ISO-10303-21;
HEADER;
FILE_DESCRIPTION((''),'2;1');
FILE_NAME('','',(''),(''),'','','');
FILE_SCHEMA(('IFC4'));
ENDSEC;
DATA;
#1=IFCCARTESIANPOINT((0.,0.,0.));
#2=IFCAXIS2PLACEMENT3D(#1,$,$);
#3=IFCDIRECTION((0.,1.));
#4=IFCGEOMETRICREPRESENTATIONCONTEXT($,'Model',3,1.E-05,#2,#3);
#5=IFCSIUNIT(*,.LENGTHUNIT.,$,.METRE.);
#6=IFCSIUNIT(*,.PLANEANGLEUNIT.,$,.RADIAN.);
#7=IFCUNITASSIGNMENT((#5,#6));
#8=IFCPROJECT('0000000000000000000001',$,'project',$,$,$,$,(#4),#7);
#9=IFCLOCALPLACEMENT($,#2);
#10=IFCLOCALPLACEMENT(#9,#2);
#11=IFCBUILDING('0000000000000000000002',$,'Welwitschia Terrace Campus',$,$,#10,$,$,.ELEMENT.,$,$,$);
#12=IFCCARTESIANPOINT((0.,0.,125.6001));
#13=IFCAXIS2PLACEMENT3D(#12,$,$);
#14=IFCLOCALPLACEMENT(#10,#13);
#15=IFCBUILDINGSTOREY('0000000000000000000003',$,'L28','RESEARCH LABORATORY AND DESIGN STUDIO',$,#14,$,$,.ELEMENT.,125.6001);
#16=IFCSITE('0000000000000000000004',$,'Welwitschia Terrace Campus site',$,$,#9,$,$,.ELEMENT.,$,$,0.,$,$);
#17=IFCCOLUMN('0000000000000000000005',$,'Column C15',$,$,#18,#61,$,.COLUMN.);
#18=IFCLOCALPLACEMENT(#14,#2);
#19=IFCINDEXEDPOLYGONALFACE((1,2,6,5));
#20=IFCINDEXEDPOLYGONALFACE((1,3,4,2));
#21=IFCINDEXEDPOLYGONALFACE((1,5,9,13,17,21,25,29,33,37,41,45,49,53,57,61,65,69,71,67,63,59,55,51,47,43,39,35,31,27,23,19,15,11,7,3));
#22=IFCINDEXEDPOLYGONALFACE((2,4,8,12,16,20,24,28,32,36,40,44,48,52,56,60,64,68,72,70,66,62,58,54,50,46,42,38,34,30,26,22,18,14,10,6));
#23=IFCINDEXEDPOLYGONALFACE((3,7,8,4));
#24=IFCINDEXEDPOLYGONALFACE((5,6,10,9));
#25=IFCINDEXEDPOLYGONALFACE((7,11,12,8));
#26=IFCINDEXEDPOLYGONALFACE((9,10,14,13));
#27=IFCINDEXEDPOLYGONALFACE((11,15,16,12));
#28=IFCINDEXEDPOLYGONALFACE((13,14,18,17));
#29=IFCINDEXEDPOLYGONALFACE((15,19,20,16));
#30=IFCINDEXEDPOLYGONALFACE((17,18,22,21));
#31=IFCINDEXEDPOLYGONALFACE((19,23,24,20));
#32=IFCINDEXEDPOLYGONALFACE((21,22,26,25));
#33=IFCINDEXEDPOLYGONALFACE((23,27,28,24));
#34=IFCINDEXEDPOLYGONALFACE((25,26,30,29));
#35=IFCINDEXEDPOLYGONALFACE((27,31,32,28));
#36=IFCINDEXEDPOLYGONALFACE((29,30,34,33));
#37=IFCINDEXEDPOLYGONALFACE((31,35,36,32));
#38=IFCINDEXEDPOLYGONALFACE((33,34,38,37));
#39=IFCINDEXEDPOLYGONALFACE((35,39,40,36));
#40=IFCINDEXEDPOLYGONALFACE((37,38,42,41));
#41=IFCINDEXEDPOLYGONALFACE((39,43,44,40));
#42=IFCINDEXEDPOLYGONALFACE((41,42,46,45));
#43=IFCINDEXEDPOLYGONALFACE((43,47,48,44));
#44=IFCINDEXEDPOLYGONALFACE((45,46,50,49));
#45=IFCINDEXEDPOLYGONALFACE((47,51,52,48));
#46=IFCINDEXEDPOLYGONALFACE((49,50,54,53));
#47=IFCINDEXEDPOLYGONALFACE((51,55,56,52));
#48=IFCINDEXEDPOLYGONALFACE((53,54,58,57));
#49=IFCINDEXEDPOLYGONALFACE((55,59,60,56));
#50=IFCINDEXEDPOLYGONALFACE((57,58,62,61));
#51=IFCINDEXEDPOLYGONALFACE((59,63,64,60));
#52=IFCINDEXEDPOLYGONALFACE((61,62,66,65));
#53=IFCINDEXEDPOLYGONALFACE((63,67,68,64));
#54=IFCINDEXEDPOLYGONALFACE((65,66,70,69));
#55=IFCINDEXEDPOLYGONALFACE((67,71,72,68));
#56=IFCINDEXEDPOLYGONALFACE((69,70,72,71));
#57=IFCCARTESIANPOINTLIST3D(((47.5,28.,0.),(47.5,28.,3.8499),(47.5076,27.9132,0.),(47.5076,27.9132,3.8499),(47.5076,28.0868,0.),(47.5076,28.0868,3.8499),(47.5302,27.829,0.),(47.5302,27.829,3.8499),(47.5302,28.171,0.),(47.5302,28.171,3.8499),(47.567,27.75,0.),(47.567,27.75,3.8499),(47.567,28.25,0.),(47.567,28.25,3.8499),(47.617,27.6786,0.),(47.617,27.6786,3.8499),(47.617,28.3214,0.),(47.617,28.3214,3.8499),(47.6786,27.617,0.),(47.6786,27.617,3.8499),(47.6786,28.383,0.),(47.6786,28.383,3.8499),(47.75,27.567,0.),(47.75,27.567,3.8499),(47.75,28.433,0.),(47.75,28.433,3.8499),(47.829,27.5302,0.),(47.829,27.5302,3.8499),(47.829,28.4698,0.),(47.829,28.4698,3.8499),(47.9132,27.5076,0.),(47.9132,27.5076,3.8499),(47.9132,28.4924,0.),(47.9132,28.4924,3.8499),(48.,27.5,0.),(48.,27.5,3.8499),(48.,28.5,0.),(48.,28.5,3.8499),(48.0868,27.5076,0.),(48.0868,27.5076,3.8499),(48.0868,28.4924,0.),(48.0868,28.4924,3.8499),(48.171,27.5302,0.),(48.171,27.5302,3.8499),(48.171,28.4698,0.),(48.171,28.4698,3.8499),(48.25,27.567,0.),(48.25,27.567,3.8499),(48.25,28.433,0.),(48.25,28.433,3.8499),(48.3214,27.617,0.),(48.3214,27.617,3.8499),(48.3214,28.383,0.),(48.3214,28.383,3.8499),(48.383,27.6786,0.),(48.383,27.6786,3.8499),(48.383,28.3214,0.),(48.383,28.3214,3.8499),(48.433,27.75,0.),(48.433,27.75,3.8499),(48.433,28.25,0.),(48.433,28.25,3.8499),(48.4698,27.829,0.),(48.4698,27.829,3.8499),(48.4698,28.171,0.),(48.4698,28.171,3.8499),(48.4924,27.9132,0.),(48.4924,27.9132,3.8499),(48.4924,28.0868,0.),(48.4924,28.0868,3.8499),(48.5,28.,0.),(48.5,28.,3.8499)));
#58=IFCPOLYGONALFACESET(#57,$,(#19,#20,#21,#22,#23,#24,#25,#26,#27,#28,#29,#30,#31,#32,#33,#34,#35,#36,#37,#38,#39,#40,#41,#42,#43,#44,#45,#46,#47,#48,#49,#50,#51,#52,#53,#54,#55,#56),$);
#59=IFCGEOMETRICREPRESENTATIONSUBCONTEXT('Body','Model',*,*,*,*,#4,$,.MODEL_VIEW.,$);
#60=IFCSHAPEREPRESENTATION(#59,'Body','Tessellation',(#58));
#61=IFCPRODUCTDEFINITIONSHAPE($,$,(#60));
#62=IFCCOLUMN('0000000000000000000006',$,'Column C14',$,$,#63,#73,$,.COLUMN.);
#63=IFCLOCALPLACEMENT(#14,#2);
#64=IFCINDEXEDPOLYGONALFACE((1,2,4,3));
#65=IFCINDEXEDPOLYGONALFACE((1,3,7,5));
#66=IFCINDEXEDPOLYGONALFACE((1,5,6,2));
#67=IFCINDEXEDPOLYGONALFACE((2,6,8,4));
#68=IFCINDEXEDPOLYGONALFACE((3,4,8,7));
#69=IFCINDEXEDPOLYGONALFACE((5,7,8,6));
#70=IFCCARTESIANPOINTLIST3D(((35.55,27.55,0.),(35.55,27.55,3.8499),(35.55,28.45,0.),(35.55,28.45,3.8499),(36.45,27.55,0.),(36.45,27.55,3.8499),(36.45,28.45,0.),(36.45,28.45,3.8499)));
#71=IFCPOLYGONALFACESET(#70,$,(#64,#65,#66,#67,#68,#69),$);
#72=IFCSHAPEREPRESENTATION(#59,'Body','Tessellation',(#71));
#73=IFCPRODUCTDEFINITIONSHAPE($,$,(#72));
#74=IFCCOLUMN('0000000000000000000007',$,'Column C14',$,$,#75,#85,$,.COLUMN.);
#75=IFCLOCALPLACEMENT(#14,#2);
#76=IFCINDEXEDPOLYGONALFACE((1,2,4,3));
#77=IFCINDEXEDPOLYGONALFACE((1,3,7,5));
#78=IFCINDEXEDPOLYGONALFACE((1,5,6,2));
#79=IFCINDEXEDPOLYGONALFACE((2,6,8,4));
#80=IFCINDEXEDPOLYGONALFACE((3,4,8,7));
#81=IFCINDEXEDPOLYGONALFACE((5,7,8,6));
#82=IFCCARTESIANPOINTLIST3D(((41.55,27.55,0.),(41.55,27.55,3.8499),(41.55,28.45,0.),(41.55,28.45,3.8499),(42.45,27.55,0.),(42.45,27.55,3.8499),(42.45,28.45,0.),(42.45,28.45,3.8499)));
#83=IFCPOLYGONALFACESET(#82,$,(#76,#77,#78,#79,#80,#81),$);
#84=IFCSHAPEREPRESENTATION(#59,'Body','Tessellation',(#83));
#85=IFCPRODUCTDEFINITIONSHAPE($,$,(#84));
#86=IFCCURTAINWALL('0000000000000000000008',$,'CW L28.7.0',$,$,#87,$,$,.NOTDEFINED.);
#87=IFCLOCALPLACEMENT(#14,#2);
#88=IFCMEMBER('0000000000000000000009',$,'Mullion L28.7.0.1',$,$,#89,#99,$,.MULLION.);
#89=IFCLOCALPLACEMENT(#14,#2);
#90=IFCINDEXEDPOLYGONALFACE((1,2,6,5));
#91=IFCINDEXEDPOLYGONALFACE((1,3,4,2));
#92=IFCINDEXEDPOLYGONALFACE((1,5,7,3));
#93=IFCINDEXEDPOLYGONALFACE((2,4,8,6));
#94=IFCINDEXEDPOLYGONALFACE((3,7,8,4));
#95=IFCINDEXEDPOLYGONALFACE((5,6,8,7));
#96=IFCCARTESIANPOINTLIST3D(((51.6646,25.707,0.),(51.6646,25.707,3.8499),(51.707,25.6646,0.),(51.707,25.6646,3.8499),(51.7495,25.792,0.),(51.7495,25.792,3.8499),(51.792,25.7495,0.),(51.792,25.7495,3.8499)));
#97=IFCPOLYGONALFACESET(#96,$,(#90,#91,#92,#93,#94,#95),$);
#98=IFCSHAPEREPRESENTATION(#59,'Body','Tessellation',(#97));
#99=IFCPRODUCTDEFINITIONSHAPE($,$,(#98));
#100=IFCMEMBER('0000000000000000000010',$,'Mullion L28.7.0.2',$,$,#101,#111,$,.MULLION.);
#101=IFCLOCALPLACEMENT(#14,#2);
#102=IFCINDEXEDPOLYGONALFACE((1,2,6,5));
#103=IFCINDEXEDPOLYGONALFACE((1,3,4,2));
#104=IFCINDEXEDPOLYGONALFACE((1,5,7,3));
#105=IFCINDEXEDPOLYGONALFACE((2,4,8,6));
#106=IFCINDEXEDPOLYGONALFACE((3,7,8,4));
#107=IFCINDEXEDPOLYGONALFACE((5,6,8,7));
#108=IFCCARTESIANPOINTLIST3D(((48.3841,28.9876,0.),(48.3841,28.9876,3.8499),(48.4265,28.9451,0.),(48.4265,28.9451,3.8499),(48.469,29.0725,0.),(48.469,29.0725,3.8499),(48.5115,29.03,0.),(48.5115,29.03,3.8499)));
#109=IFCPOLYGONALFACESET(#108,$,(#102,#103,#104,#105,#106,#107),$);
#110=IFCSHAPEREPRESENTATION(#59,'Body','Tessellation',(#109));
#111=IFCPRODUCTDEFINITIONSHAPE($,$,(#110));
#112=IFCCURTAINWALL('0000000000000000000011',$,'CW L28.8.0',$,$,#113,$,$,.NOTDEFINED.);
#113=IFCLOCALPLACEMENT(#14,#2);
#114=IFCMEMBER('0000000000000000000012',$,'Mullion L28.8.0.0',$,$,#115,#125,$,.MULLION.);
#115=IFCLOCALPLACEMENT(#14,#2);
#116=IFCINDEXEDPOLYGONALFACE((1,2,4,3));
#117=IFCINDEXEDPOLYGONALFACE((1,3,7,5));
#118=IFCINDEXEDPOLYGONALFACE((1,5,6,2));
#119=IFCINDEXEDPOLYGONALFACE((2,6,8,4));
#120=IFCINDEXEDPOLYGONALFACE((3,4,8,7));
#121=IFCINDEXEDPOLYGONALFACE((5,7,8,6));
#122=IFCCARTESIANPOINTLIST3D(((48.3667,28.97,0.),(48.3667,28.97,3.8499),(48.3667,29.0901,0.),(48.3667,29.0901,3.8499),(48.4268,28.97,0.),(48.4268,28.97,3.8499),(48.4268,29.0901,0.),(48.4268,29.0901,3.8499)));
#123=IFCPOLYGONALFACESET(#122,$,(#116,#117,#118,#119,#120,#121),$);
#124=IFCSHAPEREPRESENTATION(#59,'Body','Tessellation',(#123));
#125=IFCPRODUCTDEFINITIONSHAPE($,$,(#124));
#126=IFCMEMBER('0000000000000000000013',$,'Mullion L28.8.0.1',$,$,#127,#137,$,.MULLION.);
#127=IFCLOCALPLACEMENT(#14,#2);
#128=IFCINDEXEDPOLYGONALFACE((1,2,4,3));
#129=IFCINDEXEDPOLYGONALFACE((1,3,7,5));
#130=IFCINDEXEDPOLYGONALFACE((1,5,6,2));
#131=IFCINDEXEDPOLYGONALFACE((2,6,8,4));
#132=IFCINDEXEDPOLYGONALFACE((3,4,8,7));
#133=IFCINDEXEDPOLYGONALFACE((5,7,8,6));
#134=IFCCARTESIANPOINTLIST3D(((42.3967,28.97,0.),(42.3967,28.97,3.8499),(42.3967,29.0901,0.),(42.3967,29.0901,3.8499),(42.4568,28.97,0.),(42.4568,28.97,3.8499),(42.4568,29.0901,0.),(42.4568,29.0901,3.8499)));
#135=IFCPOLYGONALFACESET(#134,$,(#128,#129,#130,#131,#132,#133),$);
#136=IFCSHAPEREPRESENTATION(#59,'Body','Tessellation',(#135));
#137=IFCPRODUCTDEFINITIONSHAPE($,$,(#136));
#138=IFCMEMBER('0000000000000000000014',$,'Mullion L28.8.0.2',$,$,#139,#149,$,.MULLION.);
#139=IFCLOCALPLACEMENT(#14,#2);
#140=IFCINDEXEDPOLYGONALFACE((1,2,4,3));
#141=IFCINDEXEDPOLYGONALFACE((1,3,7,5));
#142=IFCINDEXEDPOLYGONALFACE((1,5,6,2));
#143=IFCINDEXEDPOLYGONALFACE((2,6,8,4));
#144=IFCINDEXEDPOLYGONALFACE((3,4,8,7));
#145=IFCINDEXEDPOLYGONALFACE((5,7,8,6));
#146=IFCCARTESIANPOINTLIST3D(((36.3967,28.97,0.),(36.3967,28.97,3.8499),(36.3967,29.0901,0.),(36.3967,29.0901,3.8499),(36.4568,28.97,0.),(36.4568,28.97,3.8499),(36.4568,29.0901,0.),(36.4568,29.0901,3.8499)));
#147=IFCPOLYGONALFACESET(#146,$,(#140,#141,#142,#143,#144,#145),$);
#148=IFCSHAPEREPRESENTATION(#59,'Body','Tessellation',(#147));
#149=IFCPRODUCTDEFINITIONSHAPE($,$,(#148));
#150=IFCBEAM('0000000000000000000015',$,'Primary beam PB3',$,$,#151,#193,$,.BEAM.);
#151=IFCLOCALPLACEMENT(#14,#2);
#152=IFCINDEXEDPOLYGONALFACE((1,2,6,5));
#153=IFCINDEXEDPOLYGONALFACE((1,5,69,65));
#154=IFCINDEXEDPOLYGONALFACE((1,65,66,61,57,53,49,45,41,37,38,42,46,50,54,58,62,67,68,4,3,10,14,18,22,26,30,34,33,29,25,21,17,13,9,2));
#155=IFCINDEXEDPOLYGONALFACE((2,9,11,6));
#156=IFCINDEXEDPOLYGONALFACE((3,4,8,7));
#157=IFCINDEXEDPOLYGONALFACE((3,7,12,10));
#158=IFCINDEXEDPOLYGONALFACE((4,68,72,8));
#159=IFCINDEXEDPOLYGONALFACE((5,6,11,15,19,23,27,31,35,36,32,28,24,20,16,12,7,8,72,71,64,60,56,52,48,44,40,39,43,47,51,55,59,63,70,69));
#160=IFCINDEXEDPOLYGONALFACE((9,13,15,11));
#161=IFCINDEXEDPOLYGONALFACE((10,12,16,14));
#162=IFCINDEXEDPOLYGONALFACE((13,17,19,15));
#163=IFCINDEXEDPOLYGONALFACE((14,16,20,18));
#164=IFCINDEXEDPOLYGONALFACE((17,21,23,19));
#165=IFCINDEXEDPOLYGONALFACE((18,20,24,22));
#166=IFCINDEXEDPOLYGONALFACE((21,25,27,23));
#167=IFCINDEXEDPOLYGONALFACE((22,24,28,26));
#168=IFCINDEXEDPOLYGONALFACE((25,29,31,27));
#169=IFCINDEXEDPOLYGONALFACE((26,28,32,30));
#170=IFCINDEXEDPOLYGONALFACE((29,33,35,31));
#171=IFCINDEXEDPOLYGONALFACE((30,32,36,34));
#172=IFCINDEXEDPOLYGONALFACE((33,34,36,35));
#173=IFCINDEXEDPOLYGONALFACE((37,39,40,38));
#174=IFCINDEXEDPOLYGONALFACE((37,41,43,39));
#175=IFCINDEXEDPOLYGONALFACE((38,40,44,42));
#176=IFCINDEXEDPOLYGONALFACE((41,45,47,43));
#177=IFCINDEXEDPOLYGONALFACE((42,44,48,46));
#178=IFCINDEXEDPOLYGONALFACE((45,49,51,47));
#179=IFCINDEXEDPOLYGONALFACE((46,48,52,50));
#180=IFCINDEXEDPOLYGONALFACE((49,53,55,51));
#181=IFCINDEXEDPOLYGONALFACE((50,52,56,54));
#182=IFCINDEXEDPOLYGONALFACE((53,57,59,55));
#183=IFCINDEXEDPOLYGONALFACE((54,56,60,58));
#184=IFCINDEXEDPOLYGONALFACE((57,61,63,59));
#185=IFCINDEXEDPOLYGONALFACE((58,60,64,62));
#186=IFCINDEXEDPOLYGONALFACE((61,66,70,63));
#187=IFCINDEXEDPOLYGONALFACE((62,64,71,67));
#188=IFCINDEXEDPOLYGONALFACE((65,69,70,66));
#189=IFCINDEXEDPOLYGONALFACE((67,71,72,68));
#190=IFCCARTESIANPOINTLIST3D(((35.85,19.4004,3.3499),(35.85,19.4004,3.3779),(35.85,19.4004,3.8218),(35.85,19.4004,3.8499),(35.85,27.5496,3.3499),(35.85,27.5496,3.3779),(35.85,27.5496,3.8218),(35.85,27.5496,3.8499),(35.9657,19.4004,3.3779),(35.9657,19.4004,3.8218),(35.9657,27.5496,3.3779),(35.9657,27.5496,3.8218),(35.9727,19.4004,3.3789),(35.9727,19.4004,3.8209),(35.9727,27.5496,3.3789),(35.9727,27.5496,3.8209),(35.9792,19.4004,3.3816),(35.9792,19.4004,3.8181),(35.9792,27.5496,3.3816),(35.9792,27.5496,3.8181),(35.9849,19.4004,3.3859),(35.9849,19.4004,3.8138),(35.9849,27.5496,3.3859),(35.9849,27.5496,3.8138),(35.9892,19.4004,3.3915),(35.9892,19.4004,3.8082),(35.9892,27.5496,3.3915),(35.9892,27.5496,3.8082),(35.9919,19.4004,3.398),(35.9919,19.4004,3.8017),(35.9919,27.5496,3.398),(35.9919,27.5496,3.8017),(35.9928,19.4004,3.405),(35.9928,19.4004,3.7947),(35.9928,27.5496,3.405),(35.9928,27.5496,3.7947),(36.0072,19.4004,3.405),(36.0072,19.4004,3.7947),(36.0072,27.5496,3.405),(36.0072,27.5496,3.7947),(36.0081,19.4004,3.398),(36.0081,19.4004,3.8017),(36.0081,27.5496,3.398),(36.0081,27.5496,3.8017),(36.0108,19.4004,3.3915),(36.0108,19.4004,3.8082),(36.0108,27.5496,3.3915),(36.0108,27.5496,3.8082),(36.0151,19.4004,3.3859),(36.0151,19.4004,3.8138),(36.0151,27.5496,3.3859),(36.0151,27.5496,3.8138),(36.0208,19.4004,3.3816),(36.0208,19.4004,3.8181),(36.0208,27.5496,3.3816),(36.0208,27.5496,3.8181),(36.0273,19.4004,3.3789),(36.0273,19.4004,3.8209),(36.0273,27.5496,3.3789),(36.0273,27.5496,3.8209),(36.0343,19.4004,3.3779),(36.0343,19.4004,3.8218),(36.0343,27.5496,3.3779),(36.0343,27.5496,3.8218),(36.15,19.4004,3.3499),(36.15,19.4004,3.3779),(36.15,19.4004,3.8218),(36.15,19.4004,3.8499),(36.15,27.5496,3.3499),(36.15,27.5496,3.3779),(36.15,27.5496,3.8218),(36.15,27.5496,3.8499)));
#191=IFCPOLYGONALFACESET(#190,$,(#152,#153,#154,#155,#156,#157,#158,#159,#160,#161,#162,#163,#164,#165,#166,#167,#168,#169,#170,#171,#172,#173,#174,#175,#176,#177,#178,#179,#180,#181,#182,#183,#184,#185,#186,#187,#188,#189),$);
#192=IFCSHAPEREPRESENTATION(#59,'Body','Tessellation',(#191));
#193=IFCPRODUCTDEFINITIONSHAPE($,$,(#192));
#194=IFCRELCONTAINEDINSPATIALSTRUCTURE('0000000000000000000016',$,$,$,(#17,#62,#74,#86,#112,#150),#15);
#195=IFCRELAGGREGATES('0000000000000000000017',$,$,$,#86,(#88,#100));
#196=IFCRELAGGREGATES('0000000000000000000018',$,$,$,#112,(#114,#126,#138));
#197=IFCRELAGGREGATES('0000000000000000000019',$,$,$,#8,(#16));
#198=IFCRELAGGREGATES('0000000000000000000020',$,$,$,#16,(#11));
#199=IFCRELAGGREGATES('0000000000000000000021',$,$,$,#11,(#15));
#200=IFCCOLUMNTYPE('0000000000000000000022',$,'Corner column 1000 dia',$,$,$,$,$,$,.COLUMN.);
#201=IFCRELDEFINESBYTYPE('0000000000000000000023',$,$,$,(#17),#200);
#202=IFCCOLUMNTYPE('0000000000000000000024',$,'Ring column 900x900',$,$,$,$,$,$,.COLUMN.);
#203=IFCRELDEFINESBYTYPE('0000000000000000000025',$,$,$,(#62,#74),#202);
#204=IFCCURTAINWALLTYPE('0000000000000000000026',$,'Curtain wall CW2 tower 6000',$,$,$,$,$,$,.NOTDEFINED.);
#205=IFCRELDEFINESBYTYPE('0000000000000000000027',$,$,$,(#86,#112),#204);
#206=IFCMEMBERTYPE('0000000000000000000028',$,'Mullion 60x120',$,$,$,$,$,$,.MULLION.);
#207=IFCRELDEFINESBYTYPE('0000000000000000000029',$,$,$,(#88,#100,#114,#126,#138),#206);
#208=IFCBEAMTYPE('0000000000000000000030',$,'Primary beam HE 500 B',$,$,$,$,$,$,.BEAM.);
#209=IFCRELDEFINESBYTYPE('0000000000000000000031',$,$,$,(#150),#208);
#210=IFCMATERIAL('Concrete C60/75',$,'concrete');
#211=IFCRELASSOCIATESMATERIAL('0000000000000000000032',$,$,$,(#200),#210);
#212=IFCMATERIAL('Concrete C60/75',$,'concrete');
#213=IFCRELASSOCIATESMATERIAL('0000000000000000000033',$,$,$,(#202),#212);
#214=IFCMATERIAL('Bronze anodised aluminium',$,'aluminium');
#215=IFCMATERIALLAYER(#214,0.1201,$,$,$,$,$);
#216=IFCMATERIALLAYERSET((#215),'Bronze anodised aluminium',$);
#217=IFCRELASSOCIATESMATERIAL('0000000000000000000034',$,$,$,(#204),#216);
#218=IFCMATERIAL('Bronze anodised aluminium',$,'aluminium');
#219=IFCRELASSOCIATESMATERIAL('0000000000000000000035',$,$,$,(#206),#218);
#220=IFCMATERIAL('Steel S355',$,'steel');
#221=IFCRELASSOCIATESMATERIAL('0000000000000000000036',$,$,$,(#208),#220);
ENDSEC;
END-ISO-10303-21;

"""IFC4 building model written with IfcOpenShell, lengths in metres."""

from ifc_helpers import new_model, si_unit, direction, frame, origin, origin_2d, place, context, subcontext, project, spatial, rectangle, circle, i_section, extrude, material, layer, layer_set, material_profile, profile_set, type_object, element, aggregate, save


model = new_model("IFC4")

# Units and contexts
model_context = context("Model", 3, precision=1e-05, world=origin(), true_north=direction((0.0, 1.0)))
body_context = subcontext(model_context, "Body", "Model", "MODEL_VIEW")
ifc_project = project(units=[si_unit("LENGTHUNIT", "METRE"), si_unit("PLANEANGLEUNIT", "RADIAN")], contexts=[model_context])

# Site, building, storey
site_placement = place(None, origin())
site = spatial("IfcSite", under=ifc_project, at=site_placement, Name="Welwitschia Terrace Campus site", CompositionType="ELEMENT", RefElevation=0.0)
building_placement = place(site_placement, origin())
building = spatial("IfcBuilding", under=site, at=building_placement, Name="Welwitschia Terrace Campus", CompositionType="ELEMENT")
storey_placement = place(building_placement, frame((0.0, 0.0, 125.6001)))
storey = spatial("IfcBuildingStorey", under=building, at=storey_placement, Name="L28", Description="RESEARCH LABORATORY AND DESIGN STUDIO", CompositionType="ELEMENT", Elevation=125.6001)

# Columns
ifc_material_1 = material(Name="Concrete C60/75", Category="concrete")
ifc_material_profile_1 = material_profile(ifc_material_1, circle(Radius=0.5, at=origin_2d()))
ifc_profile_set_1 = profile_set([ifc_material_profile_1], Name="Concrete C60/75")
column_type_1 = type_object("IfcColumnType", Name="Corner column 1000 dia", PredefinedType="COLUMN", material=ifc_profile_set_1)
column_placement = place(storey_placement, frame((48.0, 28.0, 0.0), z_axis=(0.0, 0.0, 1.0), x_axis=(1.0, 0.0, 0.0)))
element("IfcColumn", 1, at=column_placement, inside=storey, type_object=column_type_1, Name="Column C15", PredefinedType="COLUMN", context=body_context, shape_type="SweptSolid", body=[
    extrude(circle(Radius=0.5, at=origin_2d()), origin(), (0.0, 0.0, 1.0), 3.8499),
])
ifc_material_2 = material(Name="Concrete C60/75", Category="concrete")
ifc_material_profile_2 = material_profile(ifc_material_2, rectangle(XDim=0.8999, YDim=0.8999, at=origin_2d()))
ifc_profile_set_2 = profile_set([ifc_material_profile_2], Name="Concrete C60/75")
column_type_2 = type_object("IfcColumnType", Name="Ring column 900x900", PredefinedType="COLUMN", material=ifc_profile_set_2)
for number, where, z_axis, x_axis, name in (
    (2, (36.0, 28.0, 0.0), (0.0, 0.0, 1.0), (1.0, 0.0, 0.0), "Column C14"),
    (3, (42.0, 28.0, 0.0), (0.0, 0.0, 1.0), (1.0, 0.0, 0.0), "Column C14"),
):
    element("IfcColumn", number, at=place(storey_placement, frame(where, z_axis=z_axis, x_axis=x_axis)), inside=storey, type_object=column_type_2, Name=name, PredefinedType="COLUMN", context=body_context, shape_type="SweptSolid", body=[
        extrude(rectangle(XDim=0.8999, YDim=0.8999, at=origin_2d()), origin(), (0.0, 0.0, 1.0), 3.8499),
    ])

# Curtain walls, members
ifc_material_3 = material(Name="Bronze anodised aluminium", Category="aluminium")
ifc_layer_1 = layer(ifc_material_3, 0.1201)
ifc_layer_set_1 = layer_set([ifc_layer_1], Name="Bronze anodised aluminium")
curtain_wall_type = type_object("IfcCurtainWallType", Name="Curtain wall CW2 tower 6000", PredefinedType="NOTDEFINED", material=ifc_layer_set_1)
curtain_wall_1_placement = place(storey_placement, origin())
curtain_wall_1 = element("IfcCurtainWall", 4, at=curtain_wall_1_placement, inside=storey, type_object=curtain_wall_type, Name="CW L28.7.0", PredefinedType="NOTDEFINED")
ifc_material_4 = material(Name="Bronze anodised aluminium", Category="aluminium")
ifc_material_profile_3 = material_profile(ifc_material_4, rectangle(XDim=0.1201, YDim=0.0601, at=origin_2d()))
ifc_profile_set_3 = profile_set([ifc_material_profile_3], Name="Bronze anodised aluminium")
member_type_1 = type_object("IfcMemberType", Name="Mullion 60x120", PredefinedType="MULLION", material=ifc_profile_set_3)
member_1_placement = place(storey_placement, frame((51.7283, 25.7283, 0.0), z_axis=(0.0, 0.0, 1.0), x_axis=(-0.707107, -0.707107, 0.0)))
member_1 = element("IfcMember", 5, at=member_1_placement, type_object=member_type_1, Name="Mullion L28.7.0.1", PredefinedType="MULLION", context=body_context, shape_type="SweptSolid", body=[
    extrude(rectangle(XDim=0.1201, YDim=0.0601, at=origin_2d()), origin(), (0.0, 0.0, 1.0), 3.8499),
])
member_2_placement = place(storey_placement, frame((48.4478, 29.0088, 0.0), z_axis=(0.0, 0.0, 1.0), x_axis=(-0.707107, -0.707107, 0.0)))
member_2 = element("IfcMember", 6, at=member_2_placement, type_object=member_type_1, Name="Mullion L28.7.0.2", PredefinedType="MULLION", context=body_context, shape_type="SweptSolid", body=[
    extrude(rectangle(XDim=0.1201, YDim=0.0601, at=origin_2d()), origin(), (0.0, 0.0, 1.0), 3.8499),
])
curtain_wall_2_placement = place(storey_placement, origin())
curtain_wall_2 = element("IfcCurtainWall", 7, at=curtain_wall_2_placement, inside=storey, type_object=curtain_wall_type, Name="CW L28.8.0", PredefinedType="NOTDEFINED")
member_3_placement = place(storey_placement, frame((48.3967, 29.03, 0.0), z_axis=(0.0, 0.0, 1.0), x_axis=(0.0, -1.0, 0.0)))
member_3 = element("IfcMember", 8, at=member_3_placement, type_object=member_type_1, Name="Mullion L28.8.0.0", PredefinedType="MULLION", context=body_context, shape_type="SweptSolid", body=[
    extrude(rectangle(XDim=0.1201, YDim=0.0601, at=origin_2d()), origin(), (0.0, 0.0, 1.0), 3.8499),
])
member_4_placement = place(storey_placement, frame((42.4268, 29.03, 0.0), z_axis=(0.0, 0.0, 1.0), x_axis=(0.0, -1.0, 0.0)))
member_4 = element("IfcMember", 9, at=member_4_placement, type_object=member_type_1, Name="Mullion L28.8.0.1", PredefinedType="MULLION", context=body_context, shape_type="SweptSolid", body=[
    extrude(rectangle(XDim=0.1201, YDim=0.0601, at=origin_2d()), origin(), (0.0, 0.0, 1.0), 3.8499),
])
member_5_placement = place(storey_placement, frame((36.4268, 29.03, 0.0), z_axis=(0.0, 0.0, 1.0), x_axis=(0.0, -1.0, 0.0)))
member_5 = element("IfcMember", 10, at=member_5_placement, type_object=member_type_1, Name="Mullion L28.8.0.2", PredefinedType="MULLION", context=body_context, shape_type="SweptSolid", body=[
    extrude(rectangle(XDim=0.1201, YDim=0.0601, at=origin_2d()), origin(), (0.0, 0.0, 1.0), 3.8499),
])

# Beam
ifc_material_5 = material(Name="Steel S355", Category="steel")
ifc_material_profile_4 = material_profile(ifc_material_5, i_section(OverallWidth=0.3, OverallDepth=0.5, WebThickness=0.0144, FlangeThickness=0.0281, FilletRadius=0.0271, at=origin_2d()))
ifc_profile_set_4 = profile_set([ifc_material_profile_4], Name="Steel S355")
beam_type_1 = type_object("IfcBeamType", Name="Primary beam HE 500 B", PredefinedType="BEAM", material=ifc_profile_set_4)
beam_1_placement = place(storey_placement, frame((36.0, 27.5496, 3.5999), z_axis=(0.0, -1.0, 0.0), x_axis=(1.0, 0.0, 0.0)))
element("IfcBeam", 11, at=beam_1_placement, inside=storey, type_object=beam_type_1, Name="Primary beam PB3", PredefinedType="BEAM", context=body_context, shape_type="SweptSolid", body=[
    extrude(i_section(OverallWidth=0.3, OverallDepth=0.5, WebThickness=0.0144, FlangeThickness=0.0281, FilletRadius=0.0271, at=origin_2d()), origin(), (0.0, 0.0, 1.0), 8.1492),
])

aggregate(curtain_wall_1, [member_1, member_2])
aggregate(curtain_wall_2, [member_3, member_4, member_5])

save(model, "model.ifc")
